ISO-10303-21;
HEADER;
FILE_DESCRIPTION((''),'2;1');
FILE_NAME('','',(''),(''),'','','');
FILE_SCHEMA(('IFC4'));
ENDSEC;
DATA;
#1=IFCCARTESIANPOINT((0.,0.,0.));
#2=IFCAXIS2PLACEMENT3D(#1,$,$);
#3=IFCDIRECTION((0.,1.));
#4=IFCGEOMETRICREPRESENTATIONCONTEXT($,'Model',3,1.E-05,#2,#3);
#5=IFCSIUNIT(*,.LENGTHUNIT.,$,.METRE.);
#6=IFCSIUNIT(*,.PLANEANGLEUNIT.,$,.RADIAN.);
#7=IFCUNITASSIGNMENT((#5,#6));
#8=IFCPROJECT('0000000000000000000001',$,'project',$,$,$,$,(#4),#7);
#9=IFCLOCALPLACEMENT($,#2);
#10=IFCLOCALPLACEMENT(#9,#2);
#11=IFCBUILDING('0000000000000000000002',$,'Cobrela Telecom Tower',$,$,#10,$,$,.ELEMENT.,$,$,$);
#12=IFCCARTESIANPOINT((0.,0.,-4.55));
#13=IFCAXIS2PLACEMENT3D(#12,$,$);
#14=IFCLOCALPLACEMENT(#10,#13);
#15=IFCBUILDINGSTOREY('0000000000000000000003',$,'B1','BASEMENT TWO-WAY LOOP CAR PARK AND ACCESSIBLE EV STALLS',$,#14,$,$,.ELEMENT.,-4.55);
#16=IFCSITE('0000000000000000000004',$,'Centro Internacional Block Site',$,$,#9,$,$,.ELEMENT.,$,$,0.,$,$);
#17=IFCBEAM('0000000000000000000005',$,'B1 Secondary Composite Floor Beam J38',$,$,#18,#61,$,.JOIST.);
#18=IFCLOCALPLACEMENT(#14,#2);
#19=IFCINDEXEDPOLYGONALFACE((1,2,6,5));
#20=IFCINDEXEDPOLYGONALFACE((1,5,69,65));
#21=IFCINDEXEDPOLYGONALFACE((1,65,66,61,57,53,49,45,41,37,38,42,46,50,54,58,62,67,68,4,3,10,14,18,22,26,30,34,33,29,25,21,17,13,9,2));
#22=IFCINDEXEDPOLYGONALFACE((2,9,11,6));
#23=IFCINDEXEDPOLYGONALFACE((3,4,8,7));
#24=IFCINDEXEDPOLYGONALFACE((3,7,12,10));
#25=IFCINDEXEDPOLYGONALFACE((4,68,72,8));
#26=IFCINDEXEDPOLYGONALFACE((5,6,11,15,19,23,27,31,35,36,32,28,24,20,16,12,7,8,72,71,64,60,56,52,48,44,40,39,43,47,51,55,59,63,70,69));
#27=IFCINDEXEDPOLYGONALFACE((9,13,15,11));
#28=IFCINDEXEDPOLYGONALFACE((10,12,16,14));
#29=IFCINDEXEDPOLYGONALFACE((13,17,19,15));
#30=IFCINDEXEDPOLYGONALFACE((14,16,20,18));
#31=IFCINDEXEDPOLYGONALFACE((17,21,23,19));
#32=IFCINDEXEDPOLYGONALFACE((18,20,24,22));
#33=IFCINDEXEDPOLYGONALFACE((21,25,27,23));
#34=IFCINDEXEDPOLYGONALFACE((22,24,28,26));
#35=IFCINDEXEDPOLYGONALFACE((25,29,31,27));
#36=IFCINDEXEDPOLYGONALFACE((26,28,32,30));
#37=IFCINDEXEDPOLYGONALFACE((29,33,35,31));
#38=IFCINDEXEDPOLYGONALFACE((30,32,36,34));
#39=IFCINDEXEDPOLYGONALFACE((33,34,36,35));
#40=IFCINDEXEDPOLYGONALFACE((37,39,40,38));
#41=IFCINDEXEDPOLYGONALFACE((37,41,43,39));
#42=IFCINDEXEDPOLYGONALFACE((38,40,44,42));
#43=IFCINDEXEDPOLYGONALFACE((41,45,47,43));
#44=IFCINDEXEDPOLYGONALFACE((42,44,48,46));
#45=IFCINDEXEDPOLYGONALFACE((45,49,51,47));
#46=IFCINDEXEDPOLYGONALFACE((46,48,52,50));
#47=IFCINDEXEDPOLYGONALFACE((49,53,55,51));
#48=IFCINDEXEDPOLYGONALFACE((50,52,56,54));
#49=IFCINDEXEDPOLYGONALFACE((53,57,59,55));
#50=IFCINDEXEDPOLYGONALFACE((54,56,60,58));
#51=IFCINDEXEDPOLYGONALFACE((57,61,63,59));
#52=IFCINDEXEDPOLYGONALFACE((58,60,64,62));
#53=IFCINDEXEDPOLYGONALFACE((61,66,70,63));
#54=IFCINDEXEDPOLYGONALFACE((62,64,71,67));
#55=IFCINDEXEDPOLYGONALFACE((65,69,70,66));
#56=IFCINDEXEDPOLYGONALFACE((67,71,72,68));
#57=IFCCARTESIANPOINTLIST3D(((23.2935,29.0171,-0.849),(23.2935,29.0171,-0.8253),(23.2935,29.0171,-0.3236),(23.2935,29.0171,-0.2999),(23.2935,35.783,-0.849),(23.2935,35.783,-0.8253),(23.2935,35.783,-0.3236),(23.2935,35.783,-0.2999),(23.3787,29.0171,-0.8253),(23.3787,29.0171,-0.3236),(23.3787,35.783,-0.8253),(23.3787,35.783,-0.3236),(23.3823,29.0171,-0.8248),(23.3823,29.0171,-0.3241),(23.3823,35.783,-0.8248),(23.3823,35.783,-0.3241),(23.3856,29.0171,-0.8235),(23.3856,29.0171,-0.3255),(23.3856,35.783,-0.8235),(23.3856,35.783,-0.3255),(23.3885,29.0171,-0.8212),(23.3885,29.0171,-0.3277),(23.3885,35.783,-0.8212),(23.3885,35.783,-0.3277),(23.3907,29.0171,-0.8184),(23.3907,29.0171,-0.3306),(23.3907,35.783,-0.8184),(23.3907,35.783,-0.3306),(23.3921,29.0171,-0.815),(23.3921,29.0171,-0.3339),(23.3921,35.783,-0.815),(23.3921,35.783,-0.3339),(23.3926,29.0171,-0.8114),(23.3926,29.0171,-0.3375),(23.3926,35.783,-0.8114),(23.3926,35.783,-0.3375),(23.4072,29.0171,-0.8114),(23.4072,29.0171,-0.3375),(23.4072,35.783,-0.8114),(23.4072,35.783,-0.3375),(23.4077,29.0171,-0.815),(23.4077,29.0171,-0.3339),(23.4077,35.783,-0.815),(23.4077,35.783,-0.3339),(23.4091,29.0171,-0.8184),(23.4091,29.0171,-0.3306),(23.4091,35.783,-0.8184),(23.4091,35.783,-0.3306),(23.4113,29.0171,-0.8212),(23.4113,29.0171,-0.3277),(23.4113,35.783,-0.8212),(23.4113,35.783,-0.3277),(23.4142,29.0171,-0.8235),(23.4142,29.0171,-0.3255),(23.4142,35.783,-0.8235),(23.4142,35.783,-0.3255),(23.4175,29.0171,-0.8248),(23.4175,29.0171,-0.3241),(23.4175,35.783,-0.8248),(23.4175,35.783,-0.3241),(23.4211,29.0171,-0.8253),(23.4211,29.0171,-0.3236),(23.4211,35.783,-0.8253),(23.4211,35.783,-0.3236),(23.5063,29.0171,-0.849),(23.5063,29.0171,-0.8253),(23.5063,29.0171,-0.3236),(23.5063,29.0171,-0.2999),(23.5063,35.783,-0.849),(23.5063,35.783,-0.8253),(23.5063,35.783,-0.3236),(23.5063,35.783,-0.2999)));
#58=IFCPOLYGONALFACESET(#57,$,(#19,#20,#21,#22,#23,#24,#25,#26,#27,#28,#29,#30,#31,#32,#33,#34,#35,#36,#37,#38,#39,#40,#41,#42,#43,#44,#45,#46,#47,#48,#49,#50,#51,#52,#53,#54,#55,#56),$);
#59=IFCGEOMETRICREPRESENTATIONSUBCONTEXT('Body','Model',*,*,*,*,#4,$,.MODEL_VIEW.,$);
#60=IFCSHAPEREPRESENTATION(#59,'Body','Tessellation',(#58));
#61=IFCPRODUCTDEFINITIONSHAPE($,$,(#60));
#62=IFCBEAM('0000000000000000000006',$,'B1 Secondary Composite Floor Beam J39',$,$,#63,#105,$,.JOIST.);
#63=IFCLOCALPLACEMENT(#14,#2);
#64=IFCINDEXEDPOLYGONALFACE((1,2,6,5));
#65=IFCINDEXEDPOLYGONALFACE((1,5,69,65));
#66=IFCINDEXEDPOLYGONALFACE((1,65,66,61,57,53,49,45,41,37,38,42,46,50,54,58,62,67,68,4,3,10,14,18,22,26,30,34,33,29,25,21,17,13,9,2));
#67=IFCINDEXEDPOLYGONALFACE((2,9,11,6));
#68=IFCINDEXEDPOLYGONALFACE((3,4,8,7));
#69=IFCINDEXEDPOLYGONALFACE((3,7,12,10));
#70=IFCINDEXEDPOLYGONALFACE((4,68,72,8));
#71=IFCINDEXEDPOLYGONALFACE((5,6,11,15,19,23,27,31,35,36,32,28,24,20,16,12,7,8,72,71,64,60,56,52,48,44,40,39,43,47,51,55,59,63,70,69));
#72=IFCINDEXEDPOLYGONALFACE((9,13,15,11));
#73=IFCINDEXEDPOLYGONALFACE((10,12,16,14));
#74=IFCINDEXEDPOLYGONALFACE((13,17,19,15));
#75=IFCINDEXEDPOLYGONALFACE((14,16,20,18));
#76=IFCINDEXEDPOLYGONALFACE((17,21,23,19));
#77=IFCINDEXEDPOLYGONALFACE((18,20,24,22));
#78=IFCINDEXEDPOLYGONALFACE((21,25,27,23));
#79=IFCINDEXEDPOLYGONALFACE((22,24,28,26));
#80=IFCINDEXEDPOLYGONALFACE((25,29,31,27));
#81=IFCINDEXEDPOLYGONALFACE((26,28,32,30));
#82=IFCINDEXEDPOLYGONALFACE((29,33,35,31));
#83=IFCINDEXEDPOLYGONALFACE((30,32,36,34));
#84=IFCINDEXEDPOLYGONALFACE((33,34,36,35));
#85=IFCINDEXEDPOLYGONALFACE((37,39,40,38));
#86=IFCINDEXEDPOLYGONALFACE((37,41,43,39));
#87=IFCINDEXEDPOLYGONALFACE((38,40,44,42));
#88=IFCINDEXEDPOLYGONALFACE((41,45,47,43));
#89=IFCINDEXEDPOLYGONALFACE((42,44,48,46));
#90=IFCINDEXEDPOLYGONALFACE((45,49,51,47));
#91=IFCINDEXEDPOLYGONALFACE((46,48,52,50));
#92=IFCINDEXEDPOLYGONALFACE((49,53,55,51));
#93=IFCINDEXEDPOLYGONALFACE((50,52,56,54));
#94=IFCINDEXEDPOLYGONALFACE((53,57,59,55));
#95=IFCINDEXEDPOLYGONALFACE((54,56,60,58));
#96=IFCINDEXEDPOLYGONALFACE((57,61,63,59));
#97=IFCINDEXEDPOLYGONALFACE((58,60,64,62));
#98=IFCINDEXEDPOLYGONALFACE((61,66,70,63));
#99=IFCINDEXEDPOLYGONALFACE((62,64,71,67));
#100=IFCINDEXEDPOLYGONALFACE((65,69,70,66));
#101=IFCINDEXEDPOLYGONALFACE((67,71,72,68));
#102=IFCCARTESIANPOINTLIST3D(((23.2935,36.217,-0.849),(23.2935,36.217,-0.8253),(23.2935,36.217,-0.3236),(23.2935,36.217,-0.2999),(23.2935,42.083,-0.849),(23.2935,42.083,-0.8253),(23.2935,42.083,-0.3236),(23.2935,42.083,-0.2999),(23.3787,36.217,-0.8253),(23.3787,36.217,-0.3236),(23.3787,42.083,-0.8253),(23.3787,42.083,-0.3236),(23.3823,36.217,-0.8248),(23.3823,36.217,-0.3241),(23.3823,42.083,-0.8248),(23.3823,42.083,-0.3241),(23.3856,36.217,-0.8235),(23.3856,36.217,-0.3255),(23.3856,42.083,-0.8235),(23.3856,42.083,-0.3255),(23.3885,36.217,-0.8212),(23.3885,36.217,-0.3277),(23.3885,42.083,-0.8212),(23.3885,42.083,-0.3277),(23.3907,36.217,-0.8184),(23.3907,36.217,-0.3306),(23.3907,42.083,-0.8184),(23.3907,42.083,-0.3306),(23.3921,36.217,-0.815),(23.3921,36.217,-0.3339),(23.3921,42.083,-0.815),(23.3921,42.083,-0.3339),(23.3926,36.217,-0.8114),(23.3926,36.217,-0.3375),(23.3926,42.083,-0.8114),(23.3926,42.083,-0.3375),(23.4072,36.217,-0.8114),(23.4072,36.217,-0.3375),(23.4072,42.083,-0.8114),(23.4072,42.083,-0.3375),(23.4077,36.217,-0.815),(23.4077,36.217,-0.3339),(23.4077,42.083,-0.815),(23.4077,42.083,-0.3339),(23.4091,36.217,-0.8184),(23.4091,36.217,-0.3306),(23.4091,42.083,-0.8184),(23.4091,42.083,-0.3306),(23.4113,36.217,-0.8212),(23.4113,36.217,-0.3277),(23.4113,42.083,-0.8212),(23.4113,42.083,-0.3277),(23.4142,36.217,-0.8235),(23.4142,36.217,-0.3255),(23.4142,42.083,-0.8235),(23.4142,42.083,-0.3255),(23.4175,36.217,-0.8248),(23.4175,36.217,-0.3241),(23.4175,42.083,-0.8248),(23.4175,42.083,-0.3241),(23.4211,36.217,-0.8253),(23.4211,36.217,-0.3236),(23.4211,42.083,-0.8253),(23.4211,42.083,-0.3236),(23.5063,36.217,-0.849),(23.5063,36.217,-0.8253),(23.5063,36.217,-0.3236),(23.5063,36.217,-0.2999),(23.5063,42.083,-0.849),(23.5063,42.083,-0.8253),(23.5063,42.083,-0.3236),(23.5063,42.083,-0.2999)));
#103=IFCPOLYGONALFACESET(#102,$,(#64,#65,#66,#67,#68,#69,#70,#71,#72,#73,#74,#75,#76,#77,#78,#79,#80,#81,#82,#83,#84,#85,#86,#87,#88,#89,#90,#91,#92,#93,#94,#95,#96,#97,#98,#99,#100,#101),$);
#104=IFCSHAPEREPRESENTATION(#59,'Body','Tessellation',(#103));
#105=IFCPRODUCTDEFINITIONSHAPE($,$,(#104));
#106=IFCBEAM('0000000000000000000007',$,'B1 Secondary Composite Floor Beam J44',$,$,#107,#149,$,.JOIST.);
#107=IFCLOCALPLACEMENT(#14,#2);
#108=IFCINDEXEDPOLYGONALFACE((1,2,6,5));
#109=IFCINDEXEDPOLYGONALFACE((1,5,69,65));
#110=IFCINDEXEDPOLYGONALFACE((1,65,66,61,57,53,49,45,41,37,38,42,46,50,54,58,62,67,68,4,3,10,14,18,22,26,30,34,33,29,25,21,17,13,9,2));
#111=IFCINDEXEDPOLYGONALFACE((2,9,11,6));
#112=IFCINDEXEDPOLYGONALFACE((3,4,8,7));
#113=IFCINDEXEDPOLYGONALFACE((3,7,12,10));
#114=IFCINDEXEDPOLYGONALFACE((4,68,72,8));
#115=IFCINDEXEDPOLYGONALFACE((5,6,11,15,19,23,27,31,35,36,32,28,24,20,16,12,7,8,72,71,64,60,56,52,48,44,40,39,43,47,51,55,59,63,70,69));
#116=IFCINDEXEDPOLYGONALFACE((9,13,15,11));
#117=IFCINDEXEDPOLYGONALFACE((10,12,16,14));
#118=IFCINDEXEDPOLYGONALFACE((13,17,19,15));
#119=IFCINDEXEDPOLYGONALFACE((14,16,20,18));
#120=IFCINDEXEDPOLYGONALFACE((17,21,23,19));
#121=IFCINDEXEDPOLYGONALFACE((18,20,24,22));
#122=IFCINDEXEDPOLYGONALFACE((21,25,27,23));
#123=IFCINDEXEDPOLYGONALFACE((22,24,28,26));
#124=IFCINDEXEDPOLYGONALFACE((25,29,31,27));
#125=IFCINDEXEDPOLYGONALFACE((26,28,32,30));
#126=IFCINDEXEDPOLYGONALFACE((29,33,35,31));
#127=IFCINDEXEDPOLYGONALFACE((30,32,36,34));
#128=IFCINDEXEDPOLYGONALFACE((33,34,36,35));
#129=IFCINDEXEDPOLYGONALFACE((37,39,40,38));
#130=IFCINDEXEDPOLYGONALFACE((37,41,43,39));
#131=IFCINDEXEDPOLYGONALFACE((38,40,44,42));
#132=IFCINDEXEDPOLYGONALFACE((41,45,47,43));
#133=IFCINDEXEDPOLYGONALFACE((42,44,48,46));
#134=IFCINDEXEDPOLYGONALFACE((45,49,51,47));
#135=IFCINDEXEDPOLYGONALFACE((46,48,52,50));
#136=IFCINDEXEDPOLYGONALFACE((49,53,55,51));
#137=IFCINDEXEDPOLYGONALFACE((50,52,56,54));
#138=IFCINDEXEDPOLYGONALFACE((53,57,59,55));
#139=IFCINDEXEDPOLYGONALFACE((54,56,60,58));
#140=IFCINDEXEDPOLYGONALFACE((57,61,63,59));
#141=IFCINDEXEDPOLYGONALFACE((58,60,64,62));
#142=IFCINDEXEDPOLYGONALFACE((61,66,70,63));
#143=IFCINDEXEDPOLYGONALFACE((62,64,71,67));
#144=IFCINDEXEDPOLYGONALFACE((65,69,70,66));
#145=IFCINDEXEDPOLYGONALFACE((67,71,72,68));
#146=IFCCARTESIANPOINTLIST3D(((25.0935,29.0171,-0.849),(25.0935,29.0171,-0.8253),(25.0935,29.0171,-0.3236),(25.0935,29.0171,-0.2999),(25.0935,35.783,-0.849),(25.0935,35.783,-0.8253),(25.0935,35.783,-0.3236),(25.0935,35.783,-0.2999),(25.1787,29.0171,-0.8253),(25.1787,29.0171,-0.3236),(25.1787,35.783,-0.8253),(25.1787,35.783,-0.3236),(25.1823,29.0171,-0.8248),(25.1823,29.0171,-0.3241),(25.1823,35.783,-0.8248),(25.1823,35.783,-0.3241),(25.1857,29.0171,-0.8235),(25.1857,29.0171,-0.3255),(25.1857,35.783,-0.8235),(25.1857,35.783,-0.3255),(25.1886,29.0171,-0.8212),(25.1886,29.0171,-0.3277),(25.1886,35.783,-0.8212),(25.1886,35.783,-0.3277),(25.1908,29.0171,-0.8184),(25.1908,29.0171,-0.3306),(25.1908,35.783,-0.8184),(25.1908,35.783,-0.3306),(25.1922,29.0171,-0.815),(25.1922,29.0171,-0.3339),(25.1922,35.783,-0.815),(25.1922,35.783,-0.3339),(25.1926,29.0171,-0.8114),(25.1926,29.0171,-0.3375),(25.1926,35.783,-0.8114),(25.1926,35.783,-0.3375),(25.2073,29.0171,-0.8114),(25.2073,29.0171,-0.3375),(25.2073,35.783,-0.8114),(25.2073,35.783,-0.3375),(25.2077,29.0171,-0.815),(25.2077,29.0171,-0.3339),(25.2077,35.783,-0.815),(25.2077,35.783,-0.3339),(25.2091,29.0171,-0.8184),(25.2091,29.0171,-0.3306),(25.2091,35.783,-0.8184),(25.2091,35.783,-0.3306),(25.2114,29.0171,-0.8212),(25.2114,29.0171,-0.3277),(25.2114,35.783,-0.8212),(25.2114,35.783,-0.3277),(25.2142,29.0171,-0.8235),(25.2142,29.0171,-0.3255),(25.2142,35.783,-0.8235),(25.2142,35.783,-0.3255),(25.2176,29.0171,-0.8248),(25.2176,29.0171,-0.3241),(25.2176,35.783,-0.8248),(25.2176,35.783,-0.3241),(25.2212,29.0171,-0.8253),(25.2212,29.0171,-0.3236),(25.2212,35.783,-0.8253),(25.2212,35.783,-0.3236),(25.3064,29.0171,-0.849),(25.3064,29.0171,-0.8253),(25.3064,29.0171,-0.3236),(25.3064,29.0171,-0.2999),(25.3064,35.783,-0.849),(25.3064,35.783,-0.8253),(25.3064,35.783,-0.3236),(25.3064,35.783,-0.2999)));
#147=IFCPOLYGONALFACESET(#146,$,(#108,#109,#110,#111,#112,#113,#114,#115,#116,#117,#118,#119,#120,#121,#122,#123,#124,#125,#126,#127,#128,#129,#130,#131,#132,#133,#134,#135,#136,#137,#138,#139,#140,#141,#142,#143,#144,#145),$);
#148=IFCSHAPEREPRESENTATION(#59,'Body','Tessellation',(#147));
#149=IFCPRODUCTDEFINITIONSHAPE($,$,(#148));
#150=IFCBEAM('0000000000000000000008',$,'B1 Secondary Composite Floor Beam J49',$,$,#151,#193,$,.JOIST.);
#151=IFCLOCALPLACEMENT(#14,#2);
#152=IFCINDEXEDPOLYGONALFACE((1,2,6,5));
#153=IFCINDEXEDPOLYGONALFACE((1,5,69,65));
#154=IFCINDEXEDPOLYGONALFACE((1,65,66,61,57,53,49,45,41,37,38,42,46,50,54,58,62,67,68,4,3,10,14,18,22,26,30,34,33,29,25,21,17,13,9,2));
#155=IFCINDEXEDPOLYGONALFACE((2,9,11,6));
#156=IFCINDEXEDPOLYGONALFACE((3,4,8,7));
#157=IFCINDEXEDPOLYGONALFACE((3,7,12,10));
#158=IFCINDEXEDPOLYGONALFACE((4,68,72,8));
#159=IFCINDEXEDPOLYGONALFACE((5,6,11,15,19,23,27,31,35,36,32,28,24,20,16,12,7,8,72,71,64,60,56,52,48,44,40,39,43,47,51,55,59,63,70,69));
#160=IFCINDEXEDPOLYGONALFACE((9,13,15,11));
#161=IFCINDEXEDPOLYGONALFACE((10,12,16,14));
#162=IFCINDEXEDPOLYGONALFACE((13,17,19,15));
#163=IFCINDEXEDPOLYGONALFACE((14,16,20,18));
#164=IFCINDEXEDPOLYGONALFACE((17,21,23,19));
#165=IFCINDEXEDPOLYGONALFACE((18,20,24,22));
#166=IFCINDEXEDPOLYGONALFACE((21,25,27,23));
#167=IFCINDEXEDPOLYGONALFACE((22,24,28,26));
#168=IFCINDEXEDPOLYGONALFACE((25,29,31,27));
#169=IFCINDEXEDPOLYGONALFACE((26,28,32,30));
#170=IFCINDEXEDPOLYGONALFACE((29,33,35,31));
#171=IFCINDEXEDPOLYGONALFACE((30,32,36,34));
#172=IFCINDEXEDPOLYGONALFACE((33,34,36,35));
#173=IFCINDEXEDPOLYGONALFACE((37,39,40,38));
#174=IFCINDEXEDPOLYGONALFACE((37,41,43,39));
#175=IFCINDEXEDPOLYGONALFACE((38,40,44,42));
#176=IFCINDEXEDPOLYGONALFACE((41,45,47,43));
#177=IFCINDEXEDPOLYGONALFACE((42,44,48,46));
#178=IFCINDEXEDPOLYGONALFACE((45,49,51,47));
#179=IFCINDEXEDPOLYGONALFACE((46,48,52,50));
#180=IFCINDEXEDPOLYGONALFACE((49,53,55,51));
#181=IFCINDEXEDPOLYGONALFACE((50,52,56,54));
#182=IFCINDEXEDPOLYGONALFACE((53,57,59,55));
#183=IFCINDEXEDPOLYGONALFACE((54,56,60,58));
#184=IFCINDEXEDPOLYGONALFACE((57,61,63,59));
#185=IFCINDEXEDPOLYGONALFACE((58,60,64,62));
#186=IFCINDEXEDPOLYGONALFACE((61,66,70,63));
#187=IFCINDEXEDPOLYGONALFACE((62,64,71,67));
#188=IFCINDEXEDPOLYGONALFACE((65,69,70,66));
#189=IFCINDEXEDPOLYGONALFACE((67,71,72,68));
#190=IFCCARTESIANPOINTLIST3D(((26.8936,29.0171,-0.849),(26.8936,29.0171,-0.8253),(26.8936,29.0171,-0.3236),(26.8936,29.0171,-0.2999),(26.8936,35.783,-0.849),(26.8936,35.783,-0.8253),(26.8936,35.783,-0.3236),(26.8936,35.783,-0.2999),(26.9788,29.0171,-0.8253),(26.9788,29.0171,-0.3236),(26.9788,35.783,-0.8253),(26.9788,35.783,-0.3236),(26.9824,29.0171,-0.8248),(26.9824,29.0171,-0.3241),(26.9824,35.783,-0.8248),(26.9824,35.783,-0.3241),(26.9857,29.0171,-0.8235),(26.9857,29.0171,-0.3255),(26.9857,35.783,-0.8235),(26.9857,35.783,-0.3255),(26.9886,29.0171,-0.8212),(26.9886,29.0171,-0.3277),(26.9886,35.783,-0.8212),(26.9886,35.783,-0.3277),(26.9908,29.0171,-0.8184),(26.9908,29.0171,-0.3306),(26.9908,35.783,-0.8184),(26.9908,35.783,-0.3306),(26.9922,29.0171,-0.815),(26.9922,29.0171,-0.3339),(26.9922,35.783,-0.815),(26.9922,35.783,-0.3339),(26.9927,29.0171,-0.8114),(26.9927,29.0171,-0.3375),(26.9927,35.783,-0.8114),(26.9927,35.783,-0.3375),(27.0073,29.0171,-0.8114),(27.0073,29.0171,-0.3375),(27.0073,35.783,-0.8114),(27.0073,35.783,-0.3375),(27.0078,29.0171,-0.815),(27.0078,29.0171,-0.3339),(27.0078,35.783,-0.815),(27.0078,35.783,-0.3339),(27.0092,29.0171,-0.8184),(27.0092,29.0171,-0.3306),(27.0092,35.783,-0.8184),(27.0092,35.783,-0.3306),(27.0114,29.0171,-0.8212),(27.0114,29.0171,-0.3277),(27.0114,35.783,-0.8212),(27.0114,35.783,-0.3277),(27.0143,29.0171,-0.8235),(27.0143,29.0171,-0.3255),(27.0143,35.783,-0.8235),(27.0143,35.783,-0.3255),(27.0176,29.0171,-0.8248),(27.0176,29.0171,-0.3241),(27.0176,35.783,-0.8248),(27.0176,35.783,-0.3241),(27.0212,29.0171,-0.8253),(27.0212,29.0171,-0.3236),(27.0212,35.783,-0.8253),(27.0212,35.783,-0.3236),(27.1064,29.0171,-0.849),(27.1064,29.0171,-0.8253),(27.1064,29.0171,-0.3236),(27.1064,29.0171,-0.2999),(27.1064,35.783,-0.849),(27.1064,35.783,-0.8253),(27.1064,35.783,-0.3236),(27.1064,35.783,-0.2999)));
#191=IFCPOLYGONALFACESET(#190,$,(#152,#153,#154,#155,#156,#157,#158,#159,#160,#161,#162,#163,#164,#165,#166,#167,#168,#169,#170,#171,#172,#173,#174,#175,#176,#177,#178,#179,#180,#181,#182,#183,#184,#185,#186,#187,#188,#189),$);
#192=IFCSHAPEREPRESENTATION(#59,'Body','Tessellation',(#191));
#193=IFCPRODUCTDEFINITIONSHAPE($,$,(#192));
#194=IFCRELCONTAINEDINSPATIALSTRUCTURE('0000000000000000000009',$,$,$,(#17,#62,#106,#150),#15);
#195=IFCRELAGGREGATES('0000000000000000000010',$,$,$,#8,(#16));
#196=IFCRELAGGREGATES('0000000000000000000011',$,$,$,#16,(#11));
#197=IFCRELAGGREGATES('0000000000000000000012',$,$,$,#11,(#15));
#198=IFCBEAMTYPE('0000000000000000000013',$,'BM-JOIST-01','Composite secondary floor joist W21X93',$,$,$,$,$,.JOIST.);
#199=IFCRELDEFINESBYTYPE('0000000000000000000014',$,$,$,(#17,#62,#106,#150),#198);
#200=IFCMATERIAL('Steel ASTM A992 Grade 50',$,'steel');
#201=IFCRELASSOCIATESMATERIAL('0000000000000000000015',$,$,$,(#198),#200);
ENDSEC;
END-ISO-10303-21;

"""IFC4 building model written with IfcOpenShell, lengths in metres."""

from ifc_helpers import new_model, si_unit, direction, frame, origin, origin_2d, place, context, subcontext, project, spatial, i_section, extrude, material, material_profile, profile_set, type_object, element, save


model = new_model("IFC4")

# Units and contexts
model_context = context("Model", 3, precision=1e-05, world=origin(), true_north=direction((0.0, 1.0)))
body_context = subcontext(model_context, "Body", "Model", "MODEL_VIEW")
ifc_project = project(units=[si_unit("LENGTHUNIT", "METRE"), si_unit("PLANEANGLEUNIT", "RADIAN")], contexts=[model_context])

# Site, building, storey
site_placement = place(None, origin())
site = spatial("IfcSite", under=ifc_project, at=site_placement, Name="Centro Internacional Block Site", CompositionType="ELEMENT", RefElevation=0.0)
building_placement = place(site_placement, origin())
building = spatial("IfcBuilding", under=site, at=building_placement, Name="Cobrela Telecom Tower", CompositionType="ELEMENT")
storey_placement = place(building_placement, frame((0.0, 0.0, -4.55)))
storey = spatial("IfcBuildingStorey", under=building, at=storey_placement, Name="B1", Description="BASEMENT TWO-WAY LOOP CAR PARK AND ACCESSIBLE EV STALLS", CompositionType="ELEMENT", Elevation=-4.55)

# Beams
ifc_material_1 = material(Name="Steel ASTM A992 Grade 50", Category="steel")
ifc_material_profile_1 = material_profile(ifc_material_1, i_section(OverallWidth=0.2129, OverallDepth=0.5491, WebThickness=0.0146, FlangeThickness=0.0237, FilletRadius=0.0139, at=origin_2d()), Name="W21X93")
ifc_profile_set_1 = profile_set([ifc_material_profile_1], Name="Steel ASTM A992 Grade 50")
beam_type_1 = type_object("IfcBeamType", Name="BM-JOIST-01", Description="Composite secondary floor joist W21X93", PredefinedType="JOIST", material=ifc_profile_set_1)
beam_1_placement = place(storey_placement, frame((23.3999, 29.0171, -0.5745), z_axis=(0.0, 1.0, 0.0), x_axis=(-1.0, 0.0, 0.0)))
element("IfcBeam", 1, at=beam_1_placement, inside=storey, type_object=beam_type_1, Name="B1 Secondary Composite Floor Beam J38", PredefinedType="JOIST", context=body_context, shape_type="SweptSolid", body=[
    extrude(i_section(OverallWidth=0.2129, OverallDepth=0.5491, WebThickness=0.0146, FlangeThickness=0.0237, FilletRadius=0.0139, at=origin_2d()), origin(), (0.0, 0.0, 1.0), 6.7659),
])
beam_2_placement = place(storey_placement, frame((23.3999, 36.217, -0.5745), z_axis=(0.0, 1.0, 0.0), x_axis=(-1.0, 0.0, 0.0)))
element("IfcBeam", 2, at=beam_2_placement, inside=storey, type_object=beam_type_1, Name="B1 Secondary Composite Floor Beam J39", PredefinedType="JOIST", context=body_context, shape_type="SweptSolid", body=[
    extrude(i_section(OverallWidth=0.2129, OverallDepth=0.5491, WebThickness=0.0146, FlangeThickness=0.0237, FilletRadius=0.0139, at=origin_2d()), origin(), (0.0, 0.0, 1.0), 5.866),
])
for number, where, z_axis, x_axis, name in (
    (3, (25.2, 29.0171, -0.5745), (0.0, 1.0, 0.0), (-1.0, 0.0, 0.0), "B1 Secondary Composite Floor Beam J44"),
    (4, (27.0, 29.0171, -0.5745), (0.0, 1.0, 0.0), (-1.0, 0.0, 0.0), "B1 Secondary Composite Floor Beam J49"),
):
    element("IfcBeam", number, at=place(storey_placement, frame(where, z_axis=z_axis, x_axis=x_axis)), inside=storey, type_object=beam_type_1, Name=name, PredefinedType="JOIST", context=body_context, shape_type="SweptSolid", body=[
        extrude(i_section(OverallWidth=0.2129, OverallDepth=0.5491, WebThickness=0.0146, FlangeThickness=0.0237, FilletRadius=0.0139, at=origin_2d()), origin(), (0.0, 0.0, 1.0), 6.7659),
    ])

save(model, "model.ifc")
